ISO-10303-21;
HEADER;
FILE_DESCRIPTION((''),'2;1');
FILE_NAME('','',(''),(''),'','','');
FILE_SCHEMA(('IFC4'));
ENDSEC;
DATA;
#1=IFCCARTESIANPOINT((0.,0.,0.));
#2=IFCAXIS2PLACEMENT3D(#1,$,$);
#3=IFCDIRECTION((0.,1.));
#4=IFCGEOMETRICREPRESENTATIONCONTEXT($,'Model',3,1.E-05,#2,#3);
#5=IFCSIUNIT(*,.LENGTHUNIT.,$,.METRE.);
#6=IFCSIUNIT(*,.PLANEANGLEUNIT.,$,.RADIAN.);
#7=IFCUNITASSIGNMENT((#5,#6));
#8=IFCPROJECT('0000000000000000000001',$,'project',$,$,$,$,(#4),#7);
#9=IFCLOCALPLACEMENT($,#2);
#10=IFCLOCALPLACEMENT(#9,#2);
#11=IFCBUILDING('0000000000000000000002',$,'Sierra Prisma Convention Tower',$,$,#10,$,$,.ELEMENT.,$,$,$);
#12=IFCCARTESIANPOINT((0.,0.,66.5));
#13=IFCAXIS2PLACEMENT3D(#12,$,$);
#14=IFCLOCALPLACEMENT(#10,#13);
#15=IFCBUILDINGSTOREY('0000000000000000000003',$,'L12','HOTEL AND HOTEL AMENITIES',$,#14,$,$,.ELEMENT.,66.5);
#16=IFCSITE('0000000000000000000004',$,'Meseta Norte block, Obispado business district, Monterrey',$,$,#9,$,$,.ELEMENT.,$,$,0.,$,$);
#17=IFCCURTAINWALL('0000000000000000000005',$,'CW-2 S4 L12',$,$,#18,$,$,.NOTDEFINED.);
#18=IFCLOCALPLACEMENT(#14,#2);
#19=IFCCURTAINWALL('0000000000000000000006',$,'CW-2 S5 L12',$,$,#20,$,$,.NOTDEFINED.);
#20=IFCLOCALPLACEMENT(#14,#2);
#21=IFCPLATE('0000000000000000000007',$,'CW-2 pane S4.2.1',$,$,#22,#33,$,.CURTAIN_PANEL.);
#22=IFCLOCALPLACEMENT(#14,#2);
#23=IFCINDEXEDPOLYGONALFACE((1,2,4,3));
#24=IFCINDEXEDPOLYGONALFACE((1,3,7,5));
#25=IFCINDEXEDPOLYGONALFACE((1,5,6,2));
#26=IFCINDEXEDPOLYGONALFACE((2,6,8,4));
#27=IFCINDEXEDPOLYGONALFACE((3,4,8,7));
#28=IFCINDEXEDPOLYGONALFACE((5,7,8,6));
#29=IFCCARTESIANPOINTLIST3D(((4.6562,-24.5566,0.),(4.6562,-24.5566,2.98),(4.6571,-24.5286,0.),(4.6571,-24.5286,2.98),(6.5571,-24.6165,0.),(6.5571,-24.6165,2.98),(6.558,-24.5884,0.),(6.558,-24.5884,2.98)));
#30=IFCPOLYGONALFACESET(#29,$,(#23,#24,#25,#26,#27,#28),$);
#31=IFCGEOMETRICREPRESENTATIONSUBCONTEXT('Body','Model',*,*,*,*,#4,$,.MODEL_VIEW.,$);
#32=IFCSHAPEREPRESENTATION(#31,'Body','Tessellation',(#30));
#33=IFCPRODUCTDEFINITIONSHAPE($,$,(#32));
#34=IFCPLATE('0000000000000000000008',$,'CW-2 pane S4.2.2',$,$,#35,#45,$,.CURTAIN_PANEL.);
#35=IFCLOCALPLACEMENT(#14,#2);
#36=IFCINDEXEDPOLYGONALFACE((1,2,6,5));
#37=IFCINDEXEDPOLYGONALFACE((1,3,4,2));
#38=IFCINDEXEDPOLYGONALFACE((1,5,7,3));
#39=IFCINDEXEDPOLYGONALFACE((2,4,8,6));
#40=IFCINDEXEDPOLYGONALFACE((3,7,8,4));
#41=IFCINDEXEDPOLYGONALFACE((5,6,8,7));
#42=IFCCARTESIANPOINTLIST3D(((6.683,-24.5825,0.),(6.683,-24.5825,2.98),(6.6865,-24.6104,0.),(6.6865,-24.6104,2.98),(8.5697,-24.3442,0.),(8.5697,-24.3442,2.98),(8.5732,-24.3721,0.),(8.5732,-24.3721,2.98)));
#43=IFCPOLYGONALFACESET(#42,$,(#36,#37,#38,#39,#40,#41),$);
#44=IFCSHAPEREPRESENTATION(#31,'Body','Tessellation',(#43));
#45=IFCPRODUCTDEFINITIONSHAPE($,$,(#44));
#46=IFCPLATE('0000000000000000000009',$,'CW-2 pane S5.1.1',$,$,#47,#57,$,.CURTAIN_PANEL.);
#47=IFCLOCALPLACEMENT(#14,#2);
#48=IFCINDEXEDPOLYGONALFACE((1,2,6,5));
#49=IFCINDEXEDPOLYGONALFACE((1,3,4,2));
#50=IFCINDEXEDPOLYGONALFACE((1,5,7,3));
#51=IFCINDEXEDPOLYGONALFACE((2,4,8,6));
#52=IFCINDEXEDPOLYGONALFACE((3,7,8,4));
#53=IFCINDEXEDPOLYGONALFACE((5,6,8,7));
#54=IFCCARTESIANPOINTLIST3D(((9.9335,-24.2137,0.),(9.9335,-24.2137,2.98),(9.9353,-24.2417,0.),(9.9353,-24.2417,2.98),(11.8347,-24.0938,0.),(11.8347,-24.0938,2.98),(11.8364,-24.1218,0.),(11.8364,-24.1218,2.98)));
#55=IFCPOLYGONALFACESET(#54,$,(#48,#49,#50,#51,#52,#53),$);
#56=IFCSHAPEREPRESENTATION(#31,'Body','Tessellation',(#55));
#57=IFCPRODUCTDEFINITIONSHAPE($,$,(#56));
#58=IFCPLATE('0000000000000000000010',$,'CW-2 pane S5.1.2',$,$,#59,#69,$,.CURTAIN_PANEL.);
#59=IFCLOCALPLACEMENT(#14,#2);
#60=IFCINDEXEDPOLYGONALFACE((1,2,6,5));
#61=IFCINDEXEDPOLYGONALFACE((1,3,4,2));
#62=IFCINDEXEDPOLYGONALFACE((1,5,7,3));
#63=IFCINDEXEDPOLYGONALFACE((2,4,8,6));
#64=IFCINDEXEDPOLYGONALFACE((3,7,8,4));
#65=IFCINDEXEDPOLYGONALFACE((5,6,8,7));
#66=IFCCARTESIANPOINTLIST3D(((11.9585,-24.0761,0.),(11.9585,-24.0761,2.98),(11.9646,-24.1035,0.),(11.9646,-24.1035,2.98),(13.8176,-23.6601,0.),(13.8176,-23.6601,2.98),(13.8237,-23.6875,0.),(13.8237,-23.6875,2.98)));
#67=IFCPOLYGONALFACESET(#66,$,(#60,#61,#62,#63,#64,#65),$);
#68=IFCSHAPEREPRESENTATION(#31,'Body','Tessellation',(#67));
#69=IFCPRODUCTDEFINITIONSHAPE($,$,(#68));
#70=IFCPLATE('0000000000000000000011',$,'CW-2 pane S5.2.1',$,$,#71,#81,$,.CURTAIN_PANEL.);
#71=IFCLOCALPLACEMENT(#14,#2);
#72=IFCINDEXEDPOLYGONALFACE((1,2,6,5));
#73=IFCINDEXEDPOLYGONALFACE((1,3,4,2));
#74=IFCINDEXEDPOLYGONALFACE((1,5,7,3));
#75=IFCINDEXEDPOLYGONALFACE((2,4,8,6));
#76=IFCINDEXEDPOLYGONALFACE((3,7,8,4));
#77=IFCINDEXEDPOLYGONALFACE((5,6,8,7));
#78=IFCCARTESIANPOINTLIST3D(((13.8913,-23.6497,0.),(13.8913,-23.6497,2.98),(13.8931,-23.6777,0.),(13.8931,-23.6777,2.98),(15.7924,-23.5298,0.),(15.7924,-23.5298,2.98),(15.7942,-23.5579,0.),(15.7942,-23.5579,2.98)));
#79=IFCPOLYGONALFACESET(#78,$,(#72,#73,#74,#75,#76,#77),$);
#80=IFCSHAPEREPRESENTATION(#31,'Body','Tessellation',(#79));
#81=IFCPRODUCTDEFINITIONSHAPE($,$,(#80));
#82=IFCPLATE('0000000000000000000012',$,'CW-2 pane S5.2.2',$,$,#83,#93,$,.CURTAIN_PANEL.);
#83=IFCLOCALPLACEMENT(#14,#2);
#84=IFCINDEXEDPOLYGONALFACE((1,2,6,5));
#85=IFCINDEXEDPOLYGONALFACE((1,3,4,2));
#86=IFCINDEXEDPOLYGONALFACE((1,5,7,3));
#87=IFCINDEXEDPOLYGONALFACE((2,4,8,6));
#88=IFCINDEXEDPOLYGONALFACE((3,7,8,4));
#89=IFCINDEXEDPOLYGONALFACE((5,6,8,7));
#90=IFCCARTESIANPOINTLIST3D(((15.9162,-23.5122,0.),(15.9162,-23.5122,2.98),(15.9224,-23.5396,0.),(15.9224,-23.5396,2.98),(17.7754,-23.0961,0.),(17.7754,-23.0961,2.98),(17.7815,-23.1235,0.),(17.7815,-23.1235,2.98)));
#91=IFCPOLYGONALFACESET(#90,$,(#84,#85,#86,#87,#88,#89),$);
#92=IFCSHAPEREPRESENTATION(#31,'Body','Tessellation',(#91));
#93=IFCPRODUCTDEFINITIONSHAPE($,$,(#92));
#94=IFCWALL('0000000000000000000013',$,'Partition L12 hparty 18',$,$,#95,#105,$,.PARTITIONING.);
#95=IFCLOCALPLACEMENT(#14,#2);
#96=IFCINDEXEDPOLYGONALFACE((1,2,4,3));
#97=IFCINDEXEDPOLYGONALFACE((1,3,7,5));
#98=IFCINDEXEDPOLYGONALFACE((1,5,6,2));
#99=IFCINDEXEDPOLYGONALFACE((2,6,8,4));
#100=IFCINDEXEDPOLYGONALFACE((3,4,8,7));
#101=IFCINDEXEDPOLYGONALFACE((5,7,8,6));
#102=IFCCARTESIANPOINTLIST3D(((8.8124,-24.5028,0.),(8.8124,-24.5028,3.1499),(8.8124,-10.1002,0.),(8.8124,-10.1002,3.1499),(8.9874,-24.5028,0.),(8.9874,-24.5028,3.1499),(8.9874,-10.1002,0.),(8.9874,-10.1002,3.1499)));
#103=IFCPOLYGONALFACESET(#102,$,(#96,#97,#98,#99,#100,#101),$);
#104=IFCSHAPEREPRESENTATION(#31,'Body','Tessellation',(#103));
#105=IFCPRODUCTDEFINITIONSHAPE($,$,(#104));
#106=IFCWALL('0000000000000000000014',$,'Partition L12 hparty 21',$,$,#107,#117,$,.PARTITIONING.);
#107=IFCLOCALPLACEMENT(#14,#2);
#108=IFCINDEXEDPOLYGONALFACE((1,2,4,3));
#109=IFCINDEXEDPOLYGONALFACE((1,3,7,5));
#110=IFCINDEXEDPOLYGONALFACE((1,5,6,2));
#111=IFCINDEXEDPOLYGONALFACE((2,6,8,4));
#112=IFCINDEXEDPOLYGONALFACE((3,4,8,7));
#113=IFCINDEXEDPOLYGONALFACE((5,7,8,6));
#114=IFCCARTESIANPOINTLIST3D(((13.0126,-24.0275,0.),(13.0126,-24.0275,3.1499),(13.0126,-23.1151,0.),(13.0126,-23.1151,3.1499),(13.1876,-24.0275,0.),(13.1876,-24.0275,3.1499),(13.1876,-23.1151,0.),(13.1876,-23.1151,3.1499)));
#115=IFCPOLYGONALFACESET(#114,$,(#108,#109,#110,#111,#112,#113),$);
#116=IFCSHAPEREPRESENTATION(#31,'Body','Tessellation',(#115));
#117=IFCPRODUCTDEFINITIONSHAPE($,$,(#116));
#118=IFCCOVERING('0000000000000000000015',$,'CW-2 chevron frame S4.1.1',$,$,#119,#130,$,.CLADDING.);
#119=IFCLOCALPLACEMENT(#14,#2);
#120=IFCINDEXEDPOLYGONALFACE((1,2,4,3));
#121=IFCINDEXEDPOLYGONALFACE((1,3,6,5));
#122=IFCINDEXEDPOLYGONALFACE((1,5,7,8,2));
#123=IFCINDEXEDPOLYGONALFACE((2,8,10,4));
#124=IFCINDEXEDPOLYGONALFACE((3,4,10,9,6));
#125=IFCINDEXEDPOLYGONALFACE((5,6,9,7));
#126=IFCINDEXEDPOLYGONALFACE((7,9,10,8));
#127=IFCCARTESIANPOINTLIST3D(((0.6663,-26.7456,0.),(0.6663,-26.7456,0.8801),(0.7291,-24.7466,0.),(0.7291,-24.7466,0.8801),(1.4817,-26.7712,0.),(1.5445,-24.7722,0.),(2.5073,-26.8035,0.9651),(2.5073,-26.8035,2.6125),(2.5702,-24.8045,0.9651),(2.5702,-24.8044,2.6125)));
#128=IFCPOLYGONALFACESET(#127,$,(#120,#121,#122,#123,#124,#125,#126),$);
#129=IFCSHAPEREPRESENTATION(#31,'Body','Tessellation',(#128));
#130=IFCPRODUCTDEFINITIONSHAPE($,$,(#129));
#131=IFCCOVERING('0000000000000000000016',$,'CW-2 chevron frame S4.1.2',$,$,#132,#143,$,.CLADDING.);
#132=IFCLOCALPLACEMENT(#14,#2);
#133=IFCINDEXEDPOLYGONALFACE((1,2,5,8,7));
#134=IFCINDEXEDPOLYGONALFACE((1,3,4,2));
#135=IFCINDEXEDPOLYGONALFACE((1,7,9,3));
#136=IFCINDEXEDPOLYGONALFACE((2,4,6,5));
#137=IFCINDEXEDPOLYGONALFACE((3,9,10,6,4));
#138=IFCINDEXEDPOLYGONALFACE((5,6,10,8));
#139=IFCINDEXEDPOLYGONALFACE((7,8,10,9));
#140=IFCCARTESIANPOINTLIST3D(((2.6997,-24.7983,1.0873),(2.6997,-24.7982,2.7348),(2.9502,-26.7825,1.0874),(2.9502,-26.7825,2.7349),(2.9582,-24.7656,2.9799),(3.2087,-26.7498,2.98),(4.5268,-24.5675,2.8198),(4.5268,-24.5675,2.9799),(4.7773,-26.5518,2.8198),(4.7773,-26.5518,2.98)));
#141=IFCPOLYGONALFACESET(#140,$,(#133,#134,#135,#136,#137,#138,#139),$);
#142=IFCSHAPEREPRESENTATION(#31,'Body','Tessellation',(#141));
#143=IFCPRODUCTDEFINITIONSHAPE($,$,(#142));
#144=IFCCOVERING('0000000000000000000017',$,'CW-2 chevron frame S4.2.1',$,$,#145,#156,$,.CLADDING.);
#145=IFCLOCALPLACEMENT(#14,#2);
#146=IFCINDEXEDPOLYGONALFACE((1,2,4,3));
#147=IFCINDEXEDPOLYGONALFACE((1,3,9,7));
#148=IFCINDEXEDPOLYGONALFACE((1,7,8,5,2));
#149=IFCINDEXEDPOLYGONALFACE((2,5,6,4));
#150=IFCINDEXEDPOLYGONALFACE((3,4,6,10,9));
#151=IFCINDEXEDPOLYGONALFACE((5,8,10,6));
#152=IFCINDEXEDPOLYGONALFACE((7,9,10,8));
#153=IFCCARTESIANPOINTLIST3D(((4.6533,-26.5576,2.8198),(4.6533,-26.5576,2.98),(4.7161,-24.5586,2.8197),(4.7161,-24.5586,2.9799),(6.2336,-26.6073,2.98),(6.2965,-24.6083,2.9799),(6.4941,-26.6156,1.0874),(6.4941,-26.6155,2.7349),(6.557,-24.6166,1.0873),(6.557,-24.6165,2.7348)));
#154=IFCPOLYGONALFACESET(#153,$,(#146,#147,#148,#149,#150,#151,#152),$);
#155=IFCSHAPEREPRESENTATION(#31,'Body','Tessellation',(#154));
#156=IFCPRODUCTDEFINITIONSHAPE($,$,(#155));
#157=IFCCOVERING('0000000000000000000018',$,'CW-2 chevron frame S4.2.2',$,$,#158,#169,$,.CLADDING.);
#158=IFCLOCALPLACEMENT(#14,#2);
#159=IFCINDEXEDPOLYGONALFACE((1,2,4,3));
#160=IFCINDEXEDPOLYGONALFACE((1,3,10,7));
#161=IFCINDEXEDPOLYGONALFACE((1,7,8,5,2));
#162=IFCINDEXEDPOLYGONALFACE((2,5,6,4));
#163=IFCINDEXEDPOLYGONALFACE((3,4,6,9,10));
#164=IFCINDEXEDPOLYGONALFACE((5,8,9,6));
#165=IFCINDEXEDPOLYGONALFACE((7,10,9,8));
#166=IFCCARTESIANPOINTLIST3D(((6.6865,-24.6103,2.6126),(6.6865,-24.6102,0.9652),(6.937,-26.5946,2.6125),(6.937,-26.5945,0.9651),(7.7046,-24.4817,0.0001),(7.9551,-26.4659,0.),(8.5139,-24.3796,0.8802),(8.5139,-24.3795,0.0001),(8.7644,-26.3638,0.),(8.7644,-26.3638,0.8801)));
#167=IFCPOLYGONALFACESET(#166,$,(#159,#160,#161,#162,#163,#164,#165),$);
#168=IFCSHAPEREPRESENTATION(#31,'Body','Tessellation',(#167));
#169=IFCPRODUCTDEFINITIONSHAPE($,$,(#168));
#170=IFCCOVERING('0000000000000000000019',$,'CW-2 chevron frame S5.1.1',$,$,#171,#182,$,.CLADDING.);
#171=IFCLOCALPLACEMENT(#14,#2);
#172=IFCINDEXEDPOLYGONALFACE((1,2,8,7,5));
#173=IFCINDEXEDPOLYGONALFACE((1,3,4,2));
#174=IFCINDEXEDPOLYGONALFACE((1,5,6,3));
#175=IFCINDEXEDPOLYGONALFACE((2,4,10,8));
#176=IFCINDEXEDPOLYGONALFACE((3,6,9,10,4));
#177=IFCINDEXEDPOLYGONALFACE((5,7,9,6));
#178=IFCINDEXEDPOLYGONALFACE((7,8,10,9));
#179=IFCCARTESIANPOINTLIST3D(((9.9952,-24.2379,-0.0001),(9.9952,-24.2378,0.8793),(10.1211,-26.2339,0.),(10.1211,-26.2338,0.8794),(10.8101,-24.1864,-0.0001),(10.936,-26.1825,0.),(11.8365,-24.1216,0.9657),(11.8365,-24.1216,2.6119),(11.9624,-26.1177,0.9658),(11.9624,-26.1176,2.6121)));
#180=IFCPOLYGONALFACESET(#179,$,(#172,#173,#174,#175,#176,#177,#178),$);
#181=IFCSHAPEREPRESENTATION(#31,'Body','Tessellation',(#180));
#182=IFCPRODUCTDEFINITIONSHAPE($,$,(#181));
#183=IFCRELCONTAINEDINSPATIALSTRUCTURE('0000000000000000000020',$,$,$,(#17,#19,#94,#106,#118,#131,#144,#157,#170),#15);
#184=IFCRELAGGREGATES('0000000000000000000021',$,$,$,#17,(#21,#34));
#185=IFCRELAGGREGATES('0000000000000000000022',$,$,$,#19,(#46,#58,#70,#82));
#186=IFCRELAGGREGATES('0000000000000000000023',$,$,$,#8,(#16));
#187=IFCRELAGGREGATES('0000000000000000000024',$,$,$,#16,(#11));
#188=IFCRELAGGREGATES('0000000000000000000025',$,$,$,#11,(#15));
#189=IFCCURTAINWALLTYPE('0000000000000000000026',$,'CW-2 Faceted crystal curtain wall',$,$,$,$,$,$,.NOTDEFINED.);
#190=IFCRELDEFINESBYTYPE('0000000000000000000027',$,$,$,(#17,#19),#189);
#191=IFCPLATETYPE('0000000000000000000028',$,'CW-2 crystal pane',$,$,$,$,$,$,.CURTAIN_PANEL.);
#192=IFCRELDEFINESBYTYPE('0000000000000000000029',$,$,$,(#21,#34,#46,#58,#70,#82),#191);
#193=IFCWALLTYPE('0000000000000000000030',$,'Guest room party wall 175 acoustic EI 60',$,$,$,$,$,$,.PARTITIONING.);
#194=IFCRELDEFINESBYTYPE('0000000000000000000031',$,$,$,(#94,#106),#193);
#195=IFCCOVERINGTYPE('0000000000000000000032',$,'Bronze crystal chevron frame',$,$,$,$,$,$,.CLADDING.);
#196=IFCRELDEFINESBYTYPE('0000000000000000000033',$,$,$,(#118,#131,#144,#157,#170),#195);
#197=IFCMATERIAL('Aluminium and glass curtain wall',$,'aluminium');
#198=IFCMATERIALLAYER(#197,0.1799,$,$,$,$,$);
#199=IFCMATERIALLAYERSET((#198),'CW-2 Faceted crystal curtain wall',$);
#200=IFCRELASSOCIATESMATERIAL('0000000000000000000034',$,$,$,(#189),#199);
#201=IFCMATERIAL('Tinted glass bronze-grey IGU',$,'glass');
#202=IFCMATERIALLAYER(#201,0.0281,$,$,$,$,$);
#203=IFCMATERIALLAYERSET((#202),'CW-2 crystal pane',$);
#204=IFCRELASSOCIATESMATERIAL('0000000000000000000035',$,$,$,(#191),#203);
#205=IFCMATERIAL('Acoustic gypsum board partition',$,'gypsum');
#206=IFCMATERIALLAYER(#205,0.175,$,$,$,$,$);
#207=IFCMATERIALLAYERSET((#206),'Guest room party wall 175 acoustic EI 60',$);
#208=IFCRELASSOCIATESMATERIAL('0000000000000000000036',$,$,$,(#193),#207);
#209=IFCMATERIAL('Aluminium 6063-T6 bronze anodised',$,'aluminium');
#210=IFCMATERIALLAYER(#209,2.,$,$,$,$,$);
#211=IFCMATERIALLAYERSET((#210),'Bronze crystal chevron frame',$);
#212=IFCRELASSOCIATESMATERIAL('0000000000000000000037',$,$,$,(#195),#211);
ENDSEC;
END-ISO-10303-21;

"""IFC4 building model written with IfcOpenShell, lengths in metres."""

from ifc_helpers import new_model, si_unit, direction, frame, frame_2d, origin, place, context, subcontext, project, spatial, polyline, rectangle, outline, extrude, material, layer, layer_set, type_object, element, aggregate, save


model = new_model("IFC4")

# Units and contexts
model_context = context("Model", 3, precision=1e-05, world=origin(), true_north=direction((0.0, 1.0)))
body_context = subcontext(model_context, "Body", "Model", "MODEL_VIEW")
ifc_project = project(units=[si_unit("LENGTHUNIT", "METRE"), si_unit("PLANEANGLEUNIT", "RADIAN")], contexts=[model_context])

# Site, building, storey
site_placement = place(None, origin())
site = spatial("IfcSite", under=ifc_project, at=site_placement, Name="Meseta Norte block, Obispado business district, Monterrey", CompositionType="ELEMENT", RefElevation=0.0)
building_placement = place(site_placement, origin())
building = spatial("IfcBuilding", under=site, at=building_placement, Name="Sierra Prisma Convention Tower", CompositionType="ELEMENT")
storey_placement = place(building_placement, frame((0.0, 0.0, 66.5)))
storey = spatial("IfcBuildingStorey", under=building, at=storey_placement, Name="L12", Description="HOTEL AND HOTEL AMENITIES", CompositionType="ELEMENT", Elevation=66.5)

# Curtain walls
ifc_material_1 = material(Name="Aluminium and glass curtain wall", Category="aluminium")
ifc_layer_1 = layer(ifc_material_1, 0.1799)
ifc_layer_set_1 = layer_set([ifc_layer_1], Name="CW-2 Faceted crystal curtain wall")
curtain_wall_type = type_object("IfcCurtainWallType", Name="CW-2 Faceted crystal curtain wall", PredefinedType="NOTDEFINED", material=ifc_layer_set_1)
curtain_wall_1_placement = place(storey_placement, origin())
curtain_wall_1 = element("IfcCurtainWall", 1, at=curtain_wall_1_placement, inside=storey, type_object=curtain_wall_type, Name="CW-2 S4 L12", PredefinedType="NOTDEFINED")
curtain_wall_2_placement = place(storey_placement, origin())
curtain_wall_2 = element("IfcCurtainWall", 2, at=curtain_wall_2_placement, inside=storey, type_object=curtain_wall_type, Name="CW-2 S5 L12", PredefinedType="NOTDEFINED")

# Plates
ifc_material_2 = material(Name="Tinted glass bronze-grey IGU", Category="glass")
ifc_layer_2 = layer(ifc_material_2, 0.0281)
ifc_layer_set_2 = layer_set([ifc_layer_2], Name="CW-2 crystal pane")
plate_type = type_object("IfcPlateType", Name="CW-2 crystal pane", PredefinedType="CURTAIN_PANEL", material=ifc_layer_set_2)
plate_1_placement = place(storey_placement, frame((4.6562, -24.5566, 0.0), z_axis=(-0.031451, -0.999505, 0.0), x_axis=(0.999505, -0.031451, 0.0)))
plate_1 = element("IfcPlate", 3, at=plate_1_placement, type_object=plate_type, Name="CW-2 pane S4.2.1", PredefinedType="CURTAIN_PANEL", context=body_context, shape_type="SweptSolid", body=[
    extrude(outline(polyline([(0.0, 0.0), (1.9018, 0.0), (1.9018, 2.98), (0.0, 2.98), (0.0, 0.0)])), origin(), (0.0, 0.0, -1.0), 0.0281),
])
plate_2_placement = place(storey_placement, frame((8.5732, -24.3721, 0.0), z_axis=(0.125299, -0.992119, 0.0), x_axis=(-0.992119, -0.125299, 0.0)))
plate_2 = element("IfcPlate", 4, at=plate_2_placement, type_object=plate_type, Name="CW-2 pane S4.2.2", PredefinedType="CURTAIN_PANEL", context=body_context, shape_type="SweptSolid", body=[
    extrude(outline(polyline([(0.0, 0.0), (1.9017, 0.0), (1.9017, -2.98), (0.0, -2.98), (0.0, 0.0)])), origin(), (0.0, 0.0, -1.0), 0.0281),
])
aggregate(curtain_wall_1, [plate_1, plate_2])
plate_3_placement = place(storey_placement, frame((9.9353, -24.2417, 0.0), z_axis=(0.062929, -0.998018, 0.0), x_axis=(0.998018, 0.062929, 0.0)))
plate_3 = element("IfcPlate", 5, at=plate_3_placement, type_object=plate_type, Name="CW-2 pane S5.1.1", PredefinedType="CURTAIN_PANEL", context=body_context, shape_type="SweptSolid", body=[
    extrude(outline(polyline([(0.0, 0.0), (1.9049, 0.0), (1.9049, 2.98), (0.0, 2.98), (0.0, 0.0)])), origin(), (0.0, 0.0, -1.0), 0.0281),
])
plate_4_placement = place(storey_placement, frame((13.8237, -23.6875, 0.0), z_axis=(0.218369, -0.975866, 0.0), x_axis=(-0.975866, -0.218369, 0.0)))
plate_4 = element("IfcPlate", 6, at=plate_4_placement, type_object=plate_type, Name="CW-2 pane S5.1.2", PredefinedType="CURTAIN_PANEL", context=body_context, shape_type="SweptSolid", body=[
    extrude(outline(polyline([(0.0, 0.0), (1.9051, 0.0), (1.9051, -2.98), (0.0, -2.98), (0.0, 0.0)])), origin(), (0.0, 0.0, -1.0), 0.0281),
])
plate_5_placement = place(storey_placement, frame((13.8931, -23.6777, 0.0), z_axis=(0.062929, -0.998018, 0.0), x_axis=(0.998018, 0.062929, 0.0)))
plate_5 = element("IfcPlate", 7, at=plate_5_placement, type_object=plate_type, Name="CW-2 pane S5.2.1", PredefinedType="CURTAIN_PANEL", context=body_context, shape_type="SweptSolid", body=[
    extrude(outline(polyline([(0.0, 0.0), (1.9049, 0.0), (1.9049, 2.98), (0.0, 2.98), (0.0, 0.0)])), origin(), (0.0, 0.0, -1.0), 0.0281),
])
plate_6_placement = place(storey_placement, frame((17.7815, -23.1235, 0.0), z_axis=(0.218369, -0.975866, 0.0), x_axis=(-0.975866, -0.218369, 0.0)))
plate_6 = element("IfcPlate", 8, at=plate_6_placement, type_object=plate_type, Name="CW-2 pane S5.2.2", PredefinedType="CURTAIN_PANEL", context=body_context, shape_type="SweptSolid", body=[
    extrude(outline(polyline([(0.0, 0.0), (1.9051, 0.0), (1.9051, -2.98), (0.0, -2.98), (0.0, 0.0)])), origin(), (0.0, 0.0, -1.0), 0.0281),
])
aggregate(curtain_wall_2, [plate_3, plate_4, plate_5, plate_6])

# Walls
ifc_material_3 = material(Name="Acoustic gypsum board partition", Category="gypsum")
ifc_layer_3 = layer(ifc_material_3, 0.175)
ifc_layer_set_3 = layer_set([ifc_layer_3], Name="Guest room party wall 175 acoustic EI 60")
wall_type = type_object("IfcWallType", Name="Guest room party wall 175 acoustic EI 60", PredefinedType="PARTITIONING", material=ifc_layer_set_3)
wall_1_placement = place(storey_placement, frame((8.8999, -24.5027, 0.0), z_axis=(0.0, 0.0, 1.0), x_axis=(0.0, 1.0, 0.0)))
element("IfcWall", 9, at=wall_1_placement, inside=storey, type_object=wall_type, Name="Partition L12 hparty 18", PredefinedType="PARTITIONING", context=body_context, shape_type="SweptSolid", body=[
    extrude(rectangle(XDim=14.4026, YDim=0.175, at=frame_2d((7.2012, 0.0))), origin(), (0.0, 0.0, 1.0), 3.1499),
])
wall_2_placement = place(storey_placement, frame((13.1001, -23.1152, 0.0), z_axis=(0.0, 0.0, 1.0), x_axis=(0.0, -1.0, 0.0)))
element("IfcWall", 10, at=wall_2_placement, inside=storey, type_object=wall_type, Name="Partition L12 hparty 21", PredefinedType="PARTITIONING", context=body_context, shape_type="SweptSolid", body=[
    extrude(rectangle(XDim=0.9124, YDim=0.175, at=frame_2d((0.4561, 0.0))), origin(), (0.0, 0.0, 1.0), 3.1499),
])

# Coverings
ifc_material_4 = material(Name="Aluminium 6063-T6 bronze anodised", Category="aluminium")
ifc_layer_4 = layer(ifc_material_4, 2.0)
ifc_layer_set_4 = layer_set([ifc_layer_4], Name="Bronze crystal chevron frame")
covering_type = type_object("IfcCoveringType", Name="Bronze crystal chevron frame", PredefinedType="CLADDING", material=ifc_layer_set_4)
covering_1_placement = place(storey_placement, frame((0.6663, -26.7456, 0.0), z_axis=(-0.031414, -0.999506, 0.000002), x_axis=(0.999506, -0.031414, 0.0)))
element("IfcCovering", 11, at=covering_1_placement, inside=storey, type_object=covering_type, Name="CW-2 chevron frame S4.1.1", PredefinedType="CLADDING", context=body_context, shape_type="SweptSolid", body=[
    extrude(outline(polyline([(0.0, 0.0), (0.8158, 0.0), (1.842, 0.9651), (1.842, 2.6125), (0.0, 0.8801), (0.0, 0.0)])), origin(), (0.0, 0.0, -1.0), 2.0),
])
covering_2_placement = place(storey_placement, frame((2.9502, -26.7825, 2.7349), z_axis=(0.12527, -0.992123, 0.000034), x_axis=(0.000004, -0.000033, -1.0)))
element("IfcCovering", 12, at=covering_2_placement, inside=storey, type_object=covering_type, Name="CW-2 chevron frame S4.1.2", PredefinedType="CLADDING", context=body_context, shape_type="SweptSolid", body=[
    extrude(outline(polyline([(0.0, 0.0), (1.6475, 0.0), (-0.085, 1.8417), (-0.2451, 1.8417), (-0.2451, 0.2606), (0.0, 0.0)])), origin(), (0.0, 0.0, -1.0), 2.0),
])
covering_3_placement = place(storey_placement, frame((4.6533, -26.5576, 2.98), z_axis=(-0.031409, -0.999507, 0.000056), x_axis=(-0.000002, -0.000056, -1.0)))
element("IfcCovering", 13, at=covering_3_placement, inside=storey, type_object=covering_type, Name="CW-2 chevron frame S4.2.1", PredefinedType="CLADDING", context=body_context, shape_type="SweptSolid", body=[
    extrude(outline(polyline([(0.0, 0.0), (0.1602, 0.0), (1.8926, 1.8417), (0.2451, 1.8417), (0.0, 1.5811), (0.0, 0.0)])), origin(), (0.0, 0.0, -1.0), 2.0),
])
covering_4_placement = place(storey_placement, frame((8.7644, -26.3638, 0.0), z_axis=(0.125236, -0.992127, -0.000043), x_axis=(0.000005, -0.000043, 1.0)))
element("IfcCovering", 14, at=covering_4_placement, inside=storey, type_object=covering_type, Name="CW-2 chevron frame S4.2.2", PredefinedType="CLADDING", context=body_context, shape_type="SweptSolid", body=[
    extrude(outline(polyline([(0.0, 0.0), (0.8801, 0.0), (2.6125, 1.8419), (0.9651, 1.8419), (0.0, 0.8157), (0.0, 0.0)])), origin(), (0.0, 0.0, -1.0), 2.0),
])
covering_5_placement = place(storey_placement, frame((10.1211, -26.2339, 0.0), z_axis=(0.062959, -0.998016, 0.000055), x_axis=(0.998016, 0.062959, 0.0)))
element("IfcCovering", 15, at=covering_5_placement, inside=storey, type_object=covering_type, Name="CW-2 chevron frame S5.1.1", PredefinedType="CLADDING", context=body_context, shape_type="SweptSolid", body=[
    extrude(outline(polyline([(0.0, 0.0), (0.8166, 0.0), (1.845, 0.9658), (1.845, 2.6121), (0.0, 0.8794), (0.0, 0.0)])), origin(), (0.0, 0.0, -1.0), 2.0),
])

save(model, "model.ifc")
